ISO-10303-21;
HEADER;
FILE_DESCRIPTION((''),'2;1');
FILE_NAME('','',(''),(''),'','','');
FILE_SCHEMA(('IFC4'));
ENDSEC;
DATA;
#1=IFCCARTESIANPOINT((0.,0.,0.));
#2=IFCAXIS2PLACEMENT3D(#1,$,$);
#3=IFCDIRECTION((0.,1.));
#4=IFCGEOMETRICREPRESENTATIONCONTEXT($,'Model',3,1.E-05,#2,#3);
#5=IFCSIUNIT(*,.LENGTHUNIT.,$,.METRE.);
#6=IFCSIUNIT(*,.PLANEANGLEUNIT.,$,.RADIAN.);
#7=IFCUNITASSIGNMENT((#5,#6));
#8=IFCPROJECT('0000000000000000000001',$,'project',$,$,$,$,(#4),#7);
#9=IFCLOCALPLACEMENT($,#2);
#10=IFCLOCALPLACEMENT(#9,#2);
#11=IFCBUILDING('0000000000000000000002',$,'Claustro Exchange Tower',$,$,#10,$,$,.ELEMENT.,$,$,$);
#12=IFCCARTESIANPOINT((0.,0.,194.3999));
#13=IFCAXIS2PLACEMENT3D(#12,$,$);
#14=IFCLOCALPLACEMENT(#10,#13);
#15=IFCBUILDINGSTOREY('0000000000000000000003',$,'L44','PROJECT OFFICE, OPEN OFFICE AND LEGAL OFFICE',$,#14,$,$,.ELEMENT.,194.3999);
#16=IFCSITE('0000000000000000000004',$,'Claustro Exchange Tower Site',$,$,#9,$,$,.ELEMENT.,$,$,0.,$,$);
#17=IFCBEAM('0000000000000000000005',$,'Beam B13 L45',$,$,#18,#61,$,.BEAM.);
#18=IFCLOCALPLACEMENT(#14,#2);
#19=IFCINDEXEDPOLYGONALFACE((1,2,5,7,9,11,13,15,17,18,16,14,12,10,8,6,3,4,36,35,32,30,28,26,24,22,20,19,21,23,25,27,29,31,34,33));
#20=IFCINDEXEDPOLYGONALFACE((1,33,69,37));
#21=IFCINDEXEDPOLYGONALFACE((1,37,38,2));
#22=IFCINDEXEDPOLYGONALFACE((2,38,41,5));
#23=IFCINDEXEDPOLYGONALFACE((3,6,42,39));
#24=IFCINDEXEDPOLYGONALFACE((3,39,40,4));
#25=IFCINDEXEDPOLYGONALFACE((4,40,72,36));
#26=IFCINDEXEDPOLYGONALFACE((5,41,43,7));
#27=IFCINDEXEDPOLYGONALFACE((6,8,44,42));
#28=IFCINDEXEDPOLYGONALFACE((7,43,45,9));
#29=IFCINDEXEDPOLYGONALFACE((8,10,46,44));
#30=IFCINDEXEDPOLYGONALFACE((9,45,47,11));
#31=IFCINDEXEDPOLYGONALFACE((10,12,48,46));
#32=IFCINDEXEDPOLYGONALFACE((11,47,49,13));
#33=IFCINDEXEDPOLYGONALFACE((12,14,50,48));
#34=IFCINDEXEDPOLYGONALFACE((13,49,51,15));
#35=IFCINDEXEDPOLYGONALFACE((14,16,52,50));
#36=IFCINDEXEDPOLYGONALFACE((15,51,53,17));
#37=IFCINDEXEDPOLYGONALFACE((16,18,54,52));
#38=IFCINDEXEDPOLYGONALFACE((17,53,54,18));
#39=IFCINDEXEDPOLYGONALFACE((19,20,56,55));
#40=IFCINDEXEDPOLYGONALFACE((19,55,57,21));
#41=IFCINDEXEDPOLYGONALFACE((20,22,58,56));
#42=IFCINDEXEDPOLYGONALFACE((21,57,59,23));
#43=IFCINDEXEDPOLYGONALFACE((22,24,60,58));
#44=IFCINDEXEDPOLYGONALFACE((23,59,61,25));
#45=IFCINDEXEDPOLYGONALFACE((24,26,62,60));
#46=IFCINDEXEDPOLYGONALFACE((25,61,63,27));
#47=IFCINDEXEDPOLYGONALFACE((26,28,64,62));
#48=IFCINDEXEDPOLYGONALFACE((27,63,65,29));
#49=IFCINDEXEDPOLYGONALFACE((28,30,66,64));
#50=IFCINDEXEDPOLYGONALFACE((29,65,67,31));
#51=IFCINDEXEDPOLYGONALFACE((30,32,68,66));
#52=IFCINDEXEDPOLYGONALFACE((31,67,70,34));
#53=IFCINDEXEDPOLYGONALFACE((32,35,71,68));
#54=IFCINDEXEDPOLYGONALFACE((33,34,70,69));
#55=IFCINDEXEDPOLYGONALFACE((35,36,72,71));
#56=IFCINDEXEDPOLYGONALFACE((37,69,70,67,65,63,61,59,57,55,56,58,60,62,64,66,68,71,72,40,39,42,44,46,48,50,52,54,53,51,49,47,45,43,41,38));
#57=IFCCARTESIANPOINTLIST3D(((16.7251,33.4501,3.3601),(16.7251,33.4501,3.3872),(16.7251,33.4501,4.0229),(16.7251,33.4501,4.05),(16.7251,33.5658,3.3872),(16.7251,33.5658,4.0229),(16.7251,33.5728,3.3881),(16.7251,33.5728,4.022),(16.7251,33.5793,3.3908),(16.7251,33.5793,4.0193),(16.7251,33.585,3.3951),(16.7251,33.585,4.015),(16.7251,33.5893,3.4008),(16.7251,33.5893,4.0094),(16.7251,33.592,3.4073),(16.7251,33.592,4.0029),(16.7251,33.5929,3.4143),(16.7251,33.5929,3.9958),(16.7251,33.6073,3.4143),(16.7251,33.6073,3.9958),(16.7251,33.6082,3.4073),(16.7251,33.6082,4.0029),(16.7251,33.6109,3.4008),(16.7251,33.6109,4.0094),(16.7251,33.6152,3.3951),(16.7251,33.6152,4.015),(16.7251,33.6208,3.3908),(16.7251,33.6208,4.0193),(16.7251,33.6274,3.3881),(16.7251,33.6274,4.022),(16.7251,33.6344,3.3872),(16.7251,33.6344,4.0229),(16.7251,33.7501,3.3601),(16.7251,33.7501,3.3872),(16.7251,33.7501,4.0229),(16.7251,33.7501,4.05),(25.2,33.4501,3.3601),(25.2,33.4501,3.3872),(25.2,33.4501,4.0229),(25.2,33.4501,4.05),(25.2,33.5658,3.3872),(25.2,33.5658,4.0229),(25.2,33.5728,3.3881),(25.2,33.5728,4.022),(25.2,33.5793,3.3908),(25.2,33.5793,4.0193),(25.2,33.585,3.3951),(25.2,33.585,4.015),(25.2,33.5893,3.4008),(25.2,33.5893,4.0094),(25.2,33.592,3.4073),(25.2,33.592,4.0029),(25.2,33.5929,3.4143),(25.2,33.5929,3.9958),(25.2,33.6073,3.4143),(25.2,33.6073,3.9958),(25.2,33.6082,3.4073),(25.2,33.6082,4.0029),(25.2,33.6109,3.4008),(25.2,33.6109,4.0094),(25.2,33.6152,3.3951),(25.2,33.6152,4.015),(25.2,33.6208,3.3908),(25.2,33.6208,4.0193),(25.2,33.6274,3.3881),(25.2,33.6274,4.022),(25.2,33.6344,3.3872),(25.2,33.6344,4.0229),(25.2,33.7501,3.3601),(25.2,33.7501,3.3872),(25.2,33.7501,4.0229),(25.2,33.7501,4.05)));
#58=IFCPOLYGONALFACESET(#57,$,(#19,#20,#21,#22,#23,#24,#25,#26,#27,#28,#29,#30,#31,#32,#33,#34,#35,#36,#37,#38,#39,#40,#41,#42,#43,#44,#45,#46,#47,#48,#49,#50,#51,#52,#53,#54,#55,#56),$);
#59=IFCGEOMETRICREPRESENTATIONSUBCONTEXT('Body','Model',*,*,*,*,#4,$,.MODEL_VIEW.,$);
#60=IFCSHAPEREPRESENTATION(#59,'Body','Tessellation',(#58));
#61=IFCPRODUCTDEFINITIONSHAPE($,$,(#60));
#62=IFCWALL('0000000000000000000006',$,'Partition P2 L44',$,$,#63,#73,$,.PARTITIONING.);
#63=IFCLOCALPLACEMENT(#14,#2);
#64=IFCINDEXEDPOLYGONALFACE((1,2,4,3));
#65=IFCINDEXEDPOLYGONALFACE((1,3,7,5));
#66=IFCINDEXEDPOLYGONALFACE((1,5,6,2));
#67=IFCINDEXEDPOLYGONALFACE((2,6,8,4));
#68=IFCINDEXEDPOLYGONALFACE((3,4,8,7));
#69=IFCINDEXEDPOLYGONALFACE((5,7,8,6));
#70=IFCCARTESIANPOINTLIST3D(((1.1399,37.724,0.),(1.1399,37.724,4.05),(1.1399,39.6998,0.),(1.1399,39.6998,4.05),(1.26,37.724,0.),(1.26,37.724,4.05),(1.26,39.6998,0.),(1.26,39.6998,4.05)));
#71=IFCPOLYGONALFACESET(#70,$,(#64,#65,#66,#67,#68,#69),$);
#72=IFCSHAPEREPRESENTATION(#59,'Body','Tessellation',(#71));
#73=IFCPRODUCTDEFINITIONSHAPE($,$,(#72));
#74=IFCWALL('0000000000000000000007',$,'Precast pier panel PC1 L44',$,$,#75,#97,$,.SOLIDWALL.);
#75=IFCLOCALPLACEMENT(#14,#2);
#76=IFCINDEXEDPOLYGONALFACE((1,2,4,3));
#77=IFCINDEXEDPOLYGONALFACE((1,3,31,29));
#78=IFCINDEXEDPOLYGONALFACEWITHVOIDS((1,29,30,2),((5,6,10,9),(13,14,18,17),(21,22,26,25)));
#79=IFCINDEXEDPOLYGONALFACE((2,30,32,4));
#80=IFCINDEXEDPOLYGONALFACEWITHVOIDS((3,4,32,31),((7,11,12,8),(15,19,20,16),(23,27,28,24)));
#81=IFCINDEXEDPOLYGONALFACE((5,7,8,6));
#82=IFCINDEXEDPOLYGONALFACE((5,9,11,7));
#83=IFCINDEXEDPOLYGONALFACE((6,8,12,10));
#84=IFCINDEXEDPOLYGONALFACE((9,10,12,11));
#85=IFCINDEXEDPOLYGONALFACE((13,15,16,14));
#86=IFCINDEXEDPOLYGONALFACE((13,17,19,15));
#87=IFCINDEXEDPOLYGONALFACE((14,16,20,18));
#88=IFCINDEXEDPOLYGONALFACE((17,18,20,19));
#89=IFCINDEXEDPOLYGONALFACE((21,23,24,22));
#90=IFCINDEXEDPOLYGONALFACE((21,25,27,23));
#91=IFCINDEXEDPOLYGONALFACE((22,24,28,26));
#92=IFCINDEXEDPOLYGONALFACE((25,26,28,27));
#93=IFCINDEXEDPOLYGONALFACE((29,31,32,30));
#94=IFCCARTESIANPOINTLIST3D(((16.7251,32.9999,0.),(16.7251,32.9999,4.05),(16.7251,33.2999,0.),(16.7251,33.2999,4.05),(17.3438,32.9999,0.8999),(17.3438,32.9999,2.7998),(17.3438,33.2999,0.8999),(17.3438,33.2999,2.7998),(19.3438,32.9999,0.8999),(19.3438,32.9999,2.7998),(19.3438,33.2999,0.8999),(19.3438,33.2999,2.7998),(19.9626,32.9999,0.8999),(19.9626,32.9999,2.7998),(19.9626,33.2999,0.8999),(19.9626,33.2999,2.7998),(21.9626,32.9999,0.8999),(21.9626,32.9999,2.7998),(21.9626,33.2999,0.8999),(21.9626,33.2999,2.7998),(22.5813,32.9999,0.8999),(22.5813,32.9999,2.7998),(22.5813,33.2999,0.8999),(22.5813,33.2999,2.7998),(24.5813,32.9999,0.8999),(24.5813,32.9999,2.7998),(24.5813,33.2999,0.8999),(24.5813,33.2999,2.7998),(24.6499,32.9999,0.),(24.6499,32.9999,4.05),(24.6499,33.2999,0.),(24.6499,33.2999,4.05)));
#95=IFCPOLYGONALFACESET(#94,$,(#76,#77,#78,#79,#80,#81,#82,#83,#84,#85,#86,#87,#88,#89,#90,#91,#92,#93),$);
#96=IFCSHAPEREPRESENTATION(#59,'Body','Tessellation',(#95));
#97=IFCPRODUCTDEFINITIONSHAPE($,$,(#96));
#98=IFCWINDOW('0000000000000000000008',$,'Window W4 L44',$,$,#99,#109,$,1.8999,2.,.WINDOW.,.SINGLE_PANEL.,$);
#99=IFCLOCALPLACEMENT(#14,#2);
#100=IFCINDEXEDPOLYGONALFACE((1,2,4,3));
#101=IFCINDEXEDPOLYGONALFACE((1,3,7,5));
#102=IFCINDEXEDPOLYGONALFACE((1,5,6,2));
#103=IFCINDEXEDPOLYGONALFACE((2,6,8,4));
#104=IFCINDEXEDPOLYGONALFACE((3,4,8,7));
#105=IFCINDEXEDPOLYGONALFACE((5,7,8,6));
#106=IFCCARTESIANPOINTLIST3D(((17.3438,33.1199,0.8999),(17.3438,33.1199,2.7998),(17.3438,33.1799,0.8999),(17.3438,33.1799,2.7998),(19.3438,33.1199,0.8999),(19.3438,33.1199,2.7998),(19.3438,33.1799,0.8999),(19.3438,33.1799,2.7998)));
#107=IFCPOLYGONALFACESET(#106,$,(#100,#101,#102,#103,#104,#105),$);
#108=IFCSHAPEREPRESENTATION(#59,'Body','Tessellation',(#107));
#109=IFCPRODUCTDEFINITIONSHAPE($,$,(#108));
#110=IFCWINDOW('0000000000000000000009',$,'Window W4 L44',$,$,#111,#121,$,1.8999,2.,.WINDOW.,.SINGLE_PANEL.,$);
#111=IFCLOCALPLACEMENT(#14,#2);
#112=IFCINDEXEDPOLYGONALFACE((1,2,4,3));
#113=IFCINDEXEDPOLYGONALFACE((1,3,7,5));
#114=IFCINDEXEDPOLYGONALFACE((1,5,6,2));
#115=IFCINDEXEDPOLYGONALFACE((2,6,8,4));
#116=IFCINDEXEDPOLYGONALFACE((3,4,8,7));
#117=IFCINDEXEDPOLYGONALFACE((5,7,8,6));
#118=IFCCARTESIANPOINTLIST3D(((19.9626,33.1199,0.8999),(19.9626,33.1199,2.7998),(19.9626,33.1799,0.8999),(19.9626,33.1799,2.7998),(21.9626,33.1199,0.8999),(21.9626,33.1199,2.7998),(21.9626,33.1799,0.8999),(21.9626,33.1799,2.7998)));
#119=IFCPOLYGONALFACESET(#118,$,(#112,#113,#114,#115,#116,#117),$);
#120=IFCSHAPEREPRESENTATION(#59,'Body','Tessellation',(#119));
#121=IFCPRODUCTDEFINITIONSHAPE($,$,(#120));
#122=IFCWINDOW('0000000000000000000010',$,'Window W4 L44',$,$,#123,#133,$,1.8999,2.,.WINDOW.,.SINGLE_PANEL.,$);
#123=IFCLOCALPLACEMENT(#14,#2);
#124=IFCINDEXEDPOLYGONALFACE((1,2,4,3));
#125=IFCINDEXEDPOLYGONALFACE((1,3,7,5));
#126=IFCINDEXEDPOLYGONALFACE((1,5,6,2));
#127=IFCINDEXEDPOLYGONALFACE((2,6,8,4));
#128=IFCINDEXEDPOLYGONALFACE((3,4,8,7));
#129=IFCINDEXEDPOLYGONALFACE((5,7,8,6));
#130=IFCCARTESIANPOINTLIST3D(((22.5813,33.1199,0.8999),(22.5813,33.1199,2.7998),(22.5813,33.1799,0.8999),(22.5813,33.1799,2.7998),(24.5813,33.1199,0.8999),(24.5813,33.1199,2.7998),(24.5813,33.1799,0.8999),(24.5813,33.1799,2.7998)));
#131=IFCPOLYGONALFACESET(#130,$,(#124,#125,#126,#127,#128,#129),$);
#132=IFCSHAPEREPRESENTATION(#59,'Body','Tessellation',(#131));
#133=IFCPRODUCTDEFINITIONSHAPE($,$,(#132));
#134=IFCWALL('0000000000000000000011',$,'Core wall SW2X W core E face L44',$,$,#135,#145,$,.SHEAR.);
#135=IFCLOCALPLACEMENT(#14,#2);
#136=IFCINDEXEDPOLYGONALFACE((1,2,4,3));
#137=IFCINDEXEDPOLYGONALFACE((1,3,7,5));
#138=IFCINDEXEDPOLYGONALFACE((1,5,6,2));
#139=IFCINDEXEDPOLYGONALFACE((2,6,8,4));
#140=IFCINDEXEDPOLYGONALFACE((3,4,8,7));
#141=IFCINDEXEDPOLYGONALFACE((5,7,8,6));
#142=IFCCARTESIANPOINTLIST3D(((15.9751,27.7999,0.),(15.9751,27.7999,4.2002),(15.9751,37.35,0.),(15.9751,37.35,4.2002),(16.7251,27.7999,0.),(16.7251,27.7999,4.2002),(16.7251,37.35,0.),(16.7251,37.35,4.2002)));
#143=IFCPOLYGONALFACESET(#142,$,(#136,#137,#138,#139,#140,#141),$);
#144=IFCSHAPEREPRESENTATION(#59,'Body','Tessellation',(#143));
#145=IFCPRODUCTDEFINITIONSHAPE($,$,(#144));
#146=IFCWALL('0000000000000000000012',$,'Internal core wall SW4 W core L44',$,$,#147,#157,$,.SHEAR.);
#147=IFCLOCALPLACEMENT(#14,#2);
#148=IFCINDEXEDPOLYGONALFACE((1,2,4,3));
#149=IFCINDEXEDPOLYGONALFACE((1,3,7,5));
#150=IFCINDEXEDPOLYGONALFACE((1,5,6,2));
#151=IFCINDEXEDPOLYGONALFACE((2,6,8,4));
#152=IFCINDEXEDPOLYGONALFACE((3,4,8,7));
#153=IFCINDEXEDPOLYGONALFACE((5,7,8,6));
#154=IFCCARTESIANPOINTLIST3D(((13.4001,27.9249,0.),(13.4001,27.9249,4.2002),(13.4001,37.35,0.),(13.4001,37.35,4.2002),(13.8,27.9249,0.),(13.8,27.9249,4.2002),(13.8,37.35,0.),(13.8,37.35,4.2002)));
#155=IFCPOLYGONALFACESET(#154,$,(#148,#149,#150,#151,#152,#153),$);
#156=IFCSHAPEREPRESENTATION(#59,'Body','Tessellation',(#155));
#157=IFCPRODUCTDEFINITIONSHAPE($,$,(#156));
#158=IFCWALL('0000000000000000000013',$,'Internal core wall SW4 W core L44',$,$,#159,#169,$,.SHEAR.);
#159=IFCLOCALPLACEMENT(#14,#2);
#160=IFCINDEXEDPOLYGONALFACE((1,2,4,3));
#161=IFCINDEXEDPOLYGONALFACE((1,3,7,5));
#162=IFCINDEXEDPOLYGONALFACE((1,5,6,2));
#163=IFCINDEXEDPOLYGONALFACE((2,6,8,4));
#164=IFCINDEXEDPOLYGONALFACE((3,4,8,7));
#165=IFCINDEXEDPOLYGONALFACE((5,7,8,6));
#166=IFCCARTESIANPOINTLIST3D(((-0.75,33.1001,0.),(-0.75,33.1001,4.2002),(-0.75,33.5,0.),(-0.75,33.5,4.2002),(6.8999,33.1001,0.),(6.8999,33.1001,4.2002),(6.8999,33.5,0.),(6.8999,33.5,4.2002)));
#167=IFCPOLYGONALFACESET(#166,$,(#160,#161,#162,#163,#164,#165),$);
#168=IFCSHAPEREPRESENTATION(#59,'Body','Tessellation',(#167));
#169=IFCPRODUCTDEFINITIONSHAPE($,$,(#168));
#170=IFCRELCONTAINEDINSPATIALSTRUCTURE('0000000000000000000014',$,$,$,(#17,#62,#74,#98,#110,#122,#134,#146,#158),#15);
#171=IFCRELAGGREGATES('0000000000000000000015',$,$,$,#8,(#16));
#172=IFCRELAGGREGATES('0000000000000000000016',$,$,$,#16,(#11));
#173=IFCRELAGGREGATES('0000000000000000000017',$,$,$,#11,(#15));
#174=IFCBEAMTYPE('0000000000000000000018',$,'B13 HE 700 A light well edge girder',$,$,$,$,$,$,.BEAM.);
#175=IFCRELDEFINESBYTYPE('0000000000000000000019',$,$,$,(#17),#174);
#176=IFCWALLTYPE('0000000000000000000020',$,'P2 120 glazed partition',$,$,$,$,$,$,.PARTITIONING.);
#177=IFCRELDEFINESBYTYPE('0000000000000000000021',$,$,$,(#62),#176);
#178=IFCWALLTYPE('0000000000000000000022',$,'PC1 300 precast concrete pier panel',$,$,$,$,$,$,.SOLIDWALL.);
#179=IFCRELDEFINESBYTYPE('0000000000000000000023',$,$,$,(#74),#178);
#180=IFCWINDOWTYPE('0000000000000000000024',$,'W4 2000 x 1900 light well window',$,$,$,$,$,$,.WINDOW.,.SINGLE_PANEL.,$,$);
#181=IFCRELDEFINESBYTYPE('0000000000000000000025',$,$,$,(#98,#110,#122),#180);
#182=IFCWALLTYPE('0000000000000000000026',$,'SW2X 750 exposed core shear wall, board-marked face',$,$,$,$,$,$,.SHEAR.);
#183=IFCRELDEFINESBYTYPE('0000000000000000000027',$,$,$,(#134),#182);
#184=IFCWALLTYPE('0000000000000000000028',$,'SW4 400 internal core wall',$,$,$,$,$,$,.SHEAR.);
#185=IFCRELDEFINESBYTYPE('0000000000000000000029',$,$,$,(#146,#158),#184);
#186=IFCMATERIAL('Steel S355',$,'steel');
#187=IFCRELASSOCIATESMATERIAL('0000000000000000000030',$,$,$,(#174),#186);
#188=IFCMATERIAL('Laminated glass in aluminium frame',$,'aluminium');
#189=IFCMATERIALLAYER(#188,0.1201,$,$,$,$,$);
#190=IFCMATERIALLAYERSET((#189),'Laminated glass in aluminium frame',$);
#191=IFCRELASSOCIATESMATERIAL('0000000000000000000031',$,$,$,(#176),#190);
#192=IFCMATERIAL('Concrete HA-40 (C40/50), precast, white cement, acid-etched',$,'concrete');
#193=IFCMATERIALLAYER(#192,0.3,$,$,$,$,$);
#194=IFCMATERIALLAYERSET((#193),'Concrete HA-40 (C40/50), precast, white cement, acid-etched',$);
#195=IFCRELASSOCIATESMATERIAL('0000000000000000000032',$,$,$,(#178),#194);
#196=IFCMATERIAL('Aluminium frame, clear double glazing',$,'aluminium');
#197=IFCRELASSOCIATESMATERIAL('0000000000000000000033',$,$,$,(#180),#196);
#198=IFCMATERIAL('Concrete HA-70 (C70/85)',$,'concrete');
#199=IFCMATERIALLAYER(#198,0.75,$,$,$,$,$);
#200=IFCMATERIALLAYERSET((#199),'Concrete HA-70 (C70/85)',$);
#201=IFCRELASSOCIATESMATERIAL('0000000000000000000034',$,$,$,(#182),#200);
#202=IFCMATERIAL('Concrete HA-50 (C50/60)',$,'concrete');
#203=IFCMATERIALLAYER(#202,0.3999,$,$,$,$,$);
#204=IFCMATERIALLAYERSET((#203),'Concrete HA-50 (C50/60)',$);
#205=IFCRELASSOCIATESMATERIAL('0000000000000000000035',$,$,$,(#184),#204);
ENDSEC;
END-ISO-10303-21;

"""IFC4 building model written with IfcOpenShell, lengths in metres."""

from ifc_helpers import new_model, si_unit, direction, frame, frame_2d, origin, origin_2d, place, context, subcontext, project, spatial, rectangle, i_section, extrude, material, layer, layer_set, material_profile, profile_set, type_object, element, fill, save


model = new_model("IFC4")

# Units and contexts
model_context = context("Model", 3, precision=1e-05, world=origin(), true_north=direction((0.0, 1.0)))
body_context = subcontext(model_context, "Body", "Model", "MODEL_VIEW")
ifc_project = project(units=[si_unit("LENGTHUNIT", "METRE"), si_unit("PLANEANGLEUNIT", "RADIAN")], contexts=[model_context])

# Site, building, storey
site_placement = place(None, origin())
site = spatial("IfcSite", under=ifc_project, at=site_placement, Name="Claustro Exchange Tower Site", CompositionType="ELEMENT", RefElevation=0.0)
building_placement = place(site_placement, origin())
building = spatial("IfcBuilding", under=site, at=building_placement, Name="Claustro Exchange Tower", CompositionType="ELEMENT")
storey_placement = place(building_placement, frame((0.0, 0.0, 194.3999)))
storey = spatial("IfcBuildingStorey", under=building, at=storey_placement, Name="L44", Description="PROJECT OFFICE, OPEN OFFICE AND LEGAL OFFICE", CompositionType="ELEMENT", Elevation=194.3999)

# Beam
ifc_material_1 = material(Name="Steel S355", Category="steel")
ifc_material_profile = material_profile(ifc_material_1, i_section(OverallWidth=0.3, OverallDepth=0.6899, WebThickness=0.0144, FlangeThickness=0.0271, FilletRadius=0.0271, at=origin_2d()), Name="HE 700 A")
ifc_profile_set = profile_set([ifc_material_profile], Name="Steel S355")
beam_type = type_object("IfcBeamType", Name="B13 HE 700 A light well edge girder", PredefinedType="BEAM", material=ifc_profile_set)
beam_placement = place(storey_placement, frame((16.7251, 33.6001, 3.7051), z_axis=(1.0, 0.0, 0.0), x_axis=(0.0, 1.0, 0.0)))
element("IfcBeam", 1, at=beam_placement, inside=storey, type_object=beam_type, Name="Beam B13 L45", PredefinedType="BEAM", context=body_context, shape_type="SweptSolid", body=[
    extrude(i_section(OverallWidth=0.3, OverallDepth=0.6899, WebThickness=0.0144, FlangeThickness=0.0271, FilletRadius=0.0271, at=origin_2d()), origin(), (0.0, 0.0, 1.0), 8.4749),
])

# Shared definitions
ifc_material_2 = material(Name="Laminated glass in aluminium frame", Category="aluminium")
ifc_layer_1 = layer(ifc_material_2, 0.1201)
ifc_layer_set_1 = layer_set([ifc_layer_1], Name="Laminated glass in aluminium frame")
wall_type_1 = type_object("IfcWallType", Name="P2 120 glazed partition", PredefinedType="PARTITIONING", material=ifc_layer_set_1)

# Wall
wall_1_placement = place(storey_placement, frame((1.2, 37.7241, 0.0), z_axis=(0.0, 0.0, 1.0), x_axis=(0.0, 1.0, 0.0)))
element("IfcWall", 2, at=wall_1_placement, inside=storey, type_object=wall_type_1, Name="Partition P2 L44", PredefinedType="PARTITIONING", context=body_context, shape_type="SweptSolid", body=[
    extrude(rectangle(XDim=1.9758, YDim=0.1201, at=frame_2d((0.9878, 0.0))), origin(), (0.0, 0.0, 1.0), 4.05),
])

# Wall, openings, windows
ifc_material_3 = material(Name="Concrete HA-40 (C40/50), precast, white cement, acid-etched", Category="concrete")
ifc_layer_2 = layer(ifc_material_3, 0.3)
ifc_layer_set_2 = layer_set([ifc_layer_2], Name="Concrete HA-40 (C40/50), precast, white cement, acid-etched")
wall_type_2 = type_object("IfcWallType", Name="PC1 300 precast concrete pier panel", PredefinedType="SOLIDWALL", material=ifc_layer_set_2)
wall_2_placement = place(storey_placement, frame((16.7251, 33.1499, 0.0), z_axis=(0.0, 0.0, 1.0), x_axis=(1.0, 0.0, 0.0)))
wall_2 = element("IfcWall", 3, at=wall_2_placement, inside=storey, type_object=wall_type_2, Name="Precast pier panel PC1 L44", PredefinedType="SOLIDWALL", context=body_context, shape_type="SweptSolid", body=[
    extrude(rectangle(XDim=7.9248, YDim=0.3, at=frame_2d((3.9624, 0.0))), origin(), (0.0, 0.0, 1.0), 4.05),
])
opening_1_placement = place(wall_2_placement, frame((0.6187, 0.0, 0.8999)))
opening_1 = element("IfcOpeningElement", 4, at=opening_1_placement, cuts=wall_2, PredefinedType="OPENING", context=body_context, shape_type="SweptSolid", body=[
    extrude(rectangle(XDim=2.0, YDim=1.8999, at=frame_2d((1.0, 0.95))), frame((0.0, 0.1599, 0.0), z_axis=(0.0, -1.0, 0.0), x_axis=(1.0, 0.0, 0.0)), (0.0, 0.0, 1.0), 0.3201),
])
opening_2_placement = place(wall_2_placement, frame((3.2375, 0.0, 0.8999)))
opening_2 = element("IfcOpeningElement", 5, at=opening_2_placement, cuts=wall_2, PredefinedType="OPENING", context=body_context, shape_type="SweptSolid", body=[
    extrude(rectangle(XDim=2.0, YDim=1.8999, at=frame_2d((1.0, 0.95))), frame((0.0, 0.1599, 0.0), z_axis=(0.0, -1.0, 0.0), x_axis=(1.0, 0.0, 0.0)), (0.0, 0.0, 1.0), 0.3201),
])
opening_3_placement = place(wall_2_placement, frame((5.8562, 0.0, 0.8999)))
opening_3 = element("IfcOpeningElement", 6, at=opening_3_placement, cuts=wall_2, PredefinedType="OPENING", context=body_context, shape_type="SweptSolid", body=[
    extrude(rectangle(XDim=2.0, YDim=1.8999, at=frame_2d((1.0, 0.95))), frame((0.0, 0.1599, 0.0), z_axis=(0.0, -1.0, 0.0), x_axis=(1.0, 0.0, 0.0)), (0.0, 0.0, 1.0), 0.3201),
])
ifc_material_4 = material(Name="Aluminium frame, clear double glazing", Category="aluminium")
window_type = type_object("IfcWindowType", Name="W4 2000 x 1900 light well window", PartitioningType="SINGLE_PANEL", PredefinedType="WINDOW", material=ifc_material_4)
window_1_placement = place(opening_1_placement, origin())
window_1 = element("IfcWindow", 7, at=window_1_placement, inside=storey, type_object=window_type, Name="Window W4 L44", OverallHeight=1.8999, OverallWidth=2.0, PartitioningType="SINGLE_PANEL", PredefinedType="WINDOW", context=body_context, shape_type="SweptSolid", body=[
    extrude(rectangle(XDim=2.0, YDim=1.8999, at=frame_2d((1.0, 0.95))), frame((0.0, 0.03, 0.0), z_axis=(0.0, -1.0, 0.0), x_axis=(1.0, 0.0, 0.0)), (0.0, 0.0, 1.0), 0.0601),
])
fill(opening_1, window_1)
window_2_placement = place(opening_2_placement, origin())
window_2 = element("IfcWindow", 8, at=window_2_placement, inside=storey, type_object=window_type, Name="Window W4 L44", OverallHeight=1.8999, OverallWidth=2.0, PartitioningType="SINGLE_PANEL", PredefinedType="WINDOW", context=body_context, shape_type="SweptSolid", body=[
    extrude(rectangle(XDim=2.0, YDim=1.8999, at=frame_2d((1.0, 0.95))), frame((0.0, 0.03, 0.0), z_axis=(0.0, -1.0, 0.0), x_axis=(1.0, 0.0, 0.0)), (0.0, 0.0, 1.0), 0.0601),
])
fill(opening_2, window_2)
window_3_placement = place(opening_3_placement, origin())
window_3 = element("IfcWindow", 9, at=window_3_placement, inside=storey, type_object=window_type, Name="Window W4 L44", OverallHeight=1.8999, OverallWidth=2.0, PartitioningType="SINGLE_PANEL", PredefinedType="WINDOW", context=body_context, shape_type="SweptSolid", body=[
    extrude(rectangle(XDim=2.0, YDim=1.8999, at=frame_2d((1.0, 0.95))), frame((0.0, 0.03, 0.0), z_axis=(0.0, -1.0, 0.0), x_axis=(1.0, 0.0, 0.0)), (0.0, 0.0, 1.0), 0.0601),
])
fill(opening_3, window_3)

# Walls
ifc_material_5 = material(Name="Concrete HA-70 (C70/85)", Category="concrete")
ifc_layer_3 = layer(ifc_material_5, 0.75)
ifc_layer_set_3 = layer_set([ifc_layer_3], Name="Concrete HA-70 (C70/85)")
wall_type_3 = type_object("IfcWallType", Name="SW2X 750 exposed core shear wall, board-marked face", PredefinedType="SHEAR", material=ifc_layer_set_3)
wall_3_placement = place(storey_placement, frame((16.3501, 27.8, 0.0), z_axis=(0.0, 0.0, 1.0), x_axis=(0.0, 1.0, 0.0)))
element("IfcWall", 10, at=wall_3_placement, inside=storey, type_object=wall_type_3, Name="Core wall SW2X W core E face L44", PredefinedType="SHEAR", context=body_context, shape_type="SweptSolid", body=[
    extrude(rectangle(XDim=9.55, YDim=0.75, at=frame_2d((4.7749, 0.0))), origin(), (0.0, 0.0, 1.0), 4.2002),
])
ifc_material_6 = material(Name="Concrete HA-50 (C50/60)", Category="concrete")
ifc_layer_4 = layer(ifc_material_6, 0.3999)
ifc_layer_set_4 = layer_set([ifc_layer_4], Name="Concrete HA-50 (C50/60)")
wall_type_4 = type_object("IfcWallType", Name="SW4 400 internal core wall", PredefinedType="SHEAR", material=ifc_layer_set_4)
wall_4_placement = place(storey_placement, frame((13.6001, 27.925, 0.0), z_axis=(0.0, 0.0, 1.0), x_axis=(0.0, 1.0, 0.0)))
element("IfcWall", 11, at=wall_4_placement, inside=storey, type_object=wall_type_4, Name="Internal core wall SW4 W core L44", PredefinedType="SHEAR", context=body_context, shape_type="SweptSolid", body=[
    extrude(rectangle(XDim=9.425, YDim=0.3999, at=frame_2d((4.7124, 0.0))), origin(), (0.0, 0.0, 1.0), 4.2002),
])
wall_5_placement = place(storey_placement, frame((-0.75, 33.3, 0.0), z_axis=(0.0, 0.0, 1.0), x_axis=(1.0, 0.0, 0.0)))
element("IfcWall", 12, at=wall_5_placement, inside=storey, type_object=wall_type_4, Name="Internal core wall SW4 W core L44", PredefinedType="SHEAR", context=body_context, shape_type="SweptSolid", body=[
    extrude(rectangle(XDim=7.6499, YDim=0.3999, at=frame_2d((3.825, 0.0))), origin(), (0.0, 0.0, 1.0), 4.2002),
])

save(model, "model.ifc")
